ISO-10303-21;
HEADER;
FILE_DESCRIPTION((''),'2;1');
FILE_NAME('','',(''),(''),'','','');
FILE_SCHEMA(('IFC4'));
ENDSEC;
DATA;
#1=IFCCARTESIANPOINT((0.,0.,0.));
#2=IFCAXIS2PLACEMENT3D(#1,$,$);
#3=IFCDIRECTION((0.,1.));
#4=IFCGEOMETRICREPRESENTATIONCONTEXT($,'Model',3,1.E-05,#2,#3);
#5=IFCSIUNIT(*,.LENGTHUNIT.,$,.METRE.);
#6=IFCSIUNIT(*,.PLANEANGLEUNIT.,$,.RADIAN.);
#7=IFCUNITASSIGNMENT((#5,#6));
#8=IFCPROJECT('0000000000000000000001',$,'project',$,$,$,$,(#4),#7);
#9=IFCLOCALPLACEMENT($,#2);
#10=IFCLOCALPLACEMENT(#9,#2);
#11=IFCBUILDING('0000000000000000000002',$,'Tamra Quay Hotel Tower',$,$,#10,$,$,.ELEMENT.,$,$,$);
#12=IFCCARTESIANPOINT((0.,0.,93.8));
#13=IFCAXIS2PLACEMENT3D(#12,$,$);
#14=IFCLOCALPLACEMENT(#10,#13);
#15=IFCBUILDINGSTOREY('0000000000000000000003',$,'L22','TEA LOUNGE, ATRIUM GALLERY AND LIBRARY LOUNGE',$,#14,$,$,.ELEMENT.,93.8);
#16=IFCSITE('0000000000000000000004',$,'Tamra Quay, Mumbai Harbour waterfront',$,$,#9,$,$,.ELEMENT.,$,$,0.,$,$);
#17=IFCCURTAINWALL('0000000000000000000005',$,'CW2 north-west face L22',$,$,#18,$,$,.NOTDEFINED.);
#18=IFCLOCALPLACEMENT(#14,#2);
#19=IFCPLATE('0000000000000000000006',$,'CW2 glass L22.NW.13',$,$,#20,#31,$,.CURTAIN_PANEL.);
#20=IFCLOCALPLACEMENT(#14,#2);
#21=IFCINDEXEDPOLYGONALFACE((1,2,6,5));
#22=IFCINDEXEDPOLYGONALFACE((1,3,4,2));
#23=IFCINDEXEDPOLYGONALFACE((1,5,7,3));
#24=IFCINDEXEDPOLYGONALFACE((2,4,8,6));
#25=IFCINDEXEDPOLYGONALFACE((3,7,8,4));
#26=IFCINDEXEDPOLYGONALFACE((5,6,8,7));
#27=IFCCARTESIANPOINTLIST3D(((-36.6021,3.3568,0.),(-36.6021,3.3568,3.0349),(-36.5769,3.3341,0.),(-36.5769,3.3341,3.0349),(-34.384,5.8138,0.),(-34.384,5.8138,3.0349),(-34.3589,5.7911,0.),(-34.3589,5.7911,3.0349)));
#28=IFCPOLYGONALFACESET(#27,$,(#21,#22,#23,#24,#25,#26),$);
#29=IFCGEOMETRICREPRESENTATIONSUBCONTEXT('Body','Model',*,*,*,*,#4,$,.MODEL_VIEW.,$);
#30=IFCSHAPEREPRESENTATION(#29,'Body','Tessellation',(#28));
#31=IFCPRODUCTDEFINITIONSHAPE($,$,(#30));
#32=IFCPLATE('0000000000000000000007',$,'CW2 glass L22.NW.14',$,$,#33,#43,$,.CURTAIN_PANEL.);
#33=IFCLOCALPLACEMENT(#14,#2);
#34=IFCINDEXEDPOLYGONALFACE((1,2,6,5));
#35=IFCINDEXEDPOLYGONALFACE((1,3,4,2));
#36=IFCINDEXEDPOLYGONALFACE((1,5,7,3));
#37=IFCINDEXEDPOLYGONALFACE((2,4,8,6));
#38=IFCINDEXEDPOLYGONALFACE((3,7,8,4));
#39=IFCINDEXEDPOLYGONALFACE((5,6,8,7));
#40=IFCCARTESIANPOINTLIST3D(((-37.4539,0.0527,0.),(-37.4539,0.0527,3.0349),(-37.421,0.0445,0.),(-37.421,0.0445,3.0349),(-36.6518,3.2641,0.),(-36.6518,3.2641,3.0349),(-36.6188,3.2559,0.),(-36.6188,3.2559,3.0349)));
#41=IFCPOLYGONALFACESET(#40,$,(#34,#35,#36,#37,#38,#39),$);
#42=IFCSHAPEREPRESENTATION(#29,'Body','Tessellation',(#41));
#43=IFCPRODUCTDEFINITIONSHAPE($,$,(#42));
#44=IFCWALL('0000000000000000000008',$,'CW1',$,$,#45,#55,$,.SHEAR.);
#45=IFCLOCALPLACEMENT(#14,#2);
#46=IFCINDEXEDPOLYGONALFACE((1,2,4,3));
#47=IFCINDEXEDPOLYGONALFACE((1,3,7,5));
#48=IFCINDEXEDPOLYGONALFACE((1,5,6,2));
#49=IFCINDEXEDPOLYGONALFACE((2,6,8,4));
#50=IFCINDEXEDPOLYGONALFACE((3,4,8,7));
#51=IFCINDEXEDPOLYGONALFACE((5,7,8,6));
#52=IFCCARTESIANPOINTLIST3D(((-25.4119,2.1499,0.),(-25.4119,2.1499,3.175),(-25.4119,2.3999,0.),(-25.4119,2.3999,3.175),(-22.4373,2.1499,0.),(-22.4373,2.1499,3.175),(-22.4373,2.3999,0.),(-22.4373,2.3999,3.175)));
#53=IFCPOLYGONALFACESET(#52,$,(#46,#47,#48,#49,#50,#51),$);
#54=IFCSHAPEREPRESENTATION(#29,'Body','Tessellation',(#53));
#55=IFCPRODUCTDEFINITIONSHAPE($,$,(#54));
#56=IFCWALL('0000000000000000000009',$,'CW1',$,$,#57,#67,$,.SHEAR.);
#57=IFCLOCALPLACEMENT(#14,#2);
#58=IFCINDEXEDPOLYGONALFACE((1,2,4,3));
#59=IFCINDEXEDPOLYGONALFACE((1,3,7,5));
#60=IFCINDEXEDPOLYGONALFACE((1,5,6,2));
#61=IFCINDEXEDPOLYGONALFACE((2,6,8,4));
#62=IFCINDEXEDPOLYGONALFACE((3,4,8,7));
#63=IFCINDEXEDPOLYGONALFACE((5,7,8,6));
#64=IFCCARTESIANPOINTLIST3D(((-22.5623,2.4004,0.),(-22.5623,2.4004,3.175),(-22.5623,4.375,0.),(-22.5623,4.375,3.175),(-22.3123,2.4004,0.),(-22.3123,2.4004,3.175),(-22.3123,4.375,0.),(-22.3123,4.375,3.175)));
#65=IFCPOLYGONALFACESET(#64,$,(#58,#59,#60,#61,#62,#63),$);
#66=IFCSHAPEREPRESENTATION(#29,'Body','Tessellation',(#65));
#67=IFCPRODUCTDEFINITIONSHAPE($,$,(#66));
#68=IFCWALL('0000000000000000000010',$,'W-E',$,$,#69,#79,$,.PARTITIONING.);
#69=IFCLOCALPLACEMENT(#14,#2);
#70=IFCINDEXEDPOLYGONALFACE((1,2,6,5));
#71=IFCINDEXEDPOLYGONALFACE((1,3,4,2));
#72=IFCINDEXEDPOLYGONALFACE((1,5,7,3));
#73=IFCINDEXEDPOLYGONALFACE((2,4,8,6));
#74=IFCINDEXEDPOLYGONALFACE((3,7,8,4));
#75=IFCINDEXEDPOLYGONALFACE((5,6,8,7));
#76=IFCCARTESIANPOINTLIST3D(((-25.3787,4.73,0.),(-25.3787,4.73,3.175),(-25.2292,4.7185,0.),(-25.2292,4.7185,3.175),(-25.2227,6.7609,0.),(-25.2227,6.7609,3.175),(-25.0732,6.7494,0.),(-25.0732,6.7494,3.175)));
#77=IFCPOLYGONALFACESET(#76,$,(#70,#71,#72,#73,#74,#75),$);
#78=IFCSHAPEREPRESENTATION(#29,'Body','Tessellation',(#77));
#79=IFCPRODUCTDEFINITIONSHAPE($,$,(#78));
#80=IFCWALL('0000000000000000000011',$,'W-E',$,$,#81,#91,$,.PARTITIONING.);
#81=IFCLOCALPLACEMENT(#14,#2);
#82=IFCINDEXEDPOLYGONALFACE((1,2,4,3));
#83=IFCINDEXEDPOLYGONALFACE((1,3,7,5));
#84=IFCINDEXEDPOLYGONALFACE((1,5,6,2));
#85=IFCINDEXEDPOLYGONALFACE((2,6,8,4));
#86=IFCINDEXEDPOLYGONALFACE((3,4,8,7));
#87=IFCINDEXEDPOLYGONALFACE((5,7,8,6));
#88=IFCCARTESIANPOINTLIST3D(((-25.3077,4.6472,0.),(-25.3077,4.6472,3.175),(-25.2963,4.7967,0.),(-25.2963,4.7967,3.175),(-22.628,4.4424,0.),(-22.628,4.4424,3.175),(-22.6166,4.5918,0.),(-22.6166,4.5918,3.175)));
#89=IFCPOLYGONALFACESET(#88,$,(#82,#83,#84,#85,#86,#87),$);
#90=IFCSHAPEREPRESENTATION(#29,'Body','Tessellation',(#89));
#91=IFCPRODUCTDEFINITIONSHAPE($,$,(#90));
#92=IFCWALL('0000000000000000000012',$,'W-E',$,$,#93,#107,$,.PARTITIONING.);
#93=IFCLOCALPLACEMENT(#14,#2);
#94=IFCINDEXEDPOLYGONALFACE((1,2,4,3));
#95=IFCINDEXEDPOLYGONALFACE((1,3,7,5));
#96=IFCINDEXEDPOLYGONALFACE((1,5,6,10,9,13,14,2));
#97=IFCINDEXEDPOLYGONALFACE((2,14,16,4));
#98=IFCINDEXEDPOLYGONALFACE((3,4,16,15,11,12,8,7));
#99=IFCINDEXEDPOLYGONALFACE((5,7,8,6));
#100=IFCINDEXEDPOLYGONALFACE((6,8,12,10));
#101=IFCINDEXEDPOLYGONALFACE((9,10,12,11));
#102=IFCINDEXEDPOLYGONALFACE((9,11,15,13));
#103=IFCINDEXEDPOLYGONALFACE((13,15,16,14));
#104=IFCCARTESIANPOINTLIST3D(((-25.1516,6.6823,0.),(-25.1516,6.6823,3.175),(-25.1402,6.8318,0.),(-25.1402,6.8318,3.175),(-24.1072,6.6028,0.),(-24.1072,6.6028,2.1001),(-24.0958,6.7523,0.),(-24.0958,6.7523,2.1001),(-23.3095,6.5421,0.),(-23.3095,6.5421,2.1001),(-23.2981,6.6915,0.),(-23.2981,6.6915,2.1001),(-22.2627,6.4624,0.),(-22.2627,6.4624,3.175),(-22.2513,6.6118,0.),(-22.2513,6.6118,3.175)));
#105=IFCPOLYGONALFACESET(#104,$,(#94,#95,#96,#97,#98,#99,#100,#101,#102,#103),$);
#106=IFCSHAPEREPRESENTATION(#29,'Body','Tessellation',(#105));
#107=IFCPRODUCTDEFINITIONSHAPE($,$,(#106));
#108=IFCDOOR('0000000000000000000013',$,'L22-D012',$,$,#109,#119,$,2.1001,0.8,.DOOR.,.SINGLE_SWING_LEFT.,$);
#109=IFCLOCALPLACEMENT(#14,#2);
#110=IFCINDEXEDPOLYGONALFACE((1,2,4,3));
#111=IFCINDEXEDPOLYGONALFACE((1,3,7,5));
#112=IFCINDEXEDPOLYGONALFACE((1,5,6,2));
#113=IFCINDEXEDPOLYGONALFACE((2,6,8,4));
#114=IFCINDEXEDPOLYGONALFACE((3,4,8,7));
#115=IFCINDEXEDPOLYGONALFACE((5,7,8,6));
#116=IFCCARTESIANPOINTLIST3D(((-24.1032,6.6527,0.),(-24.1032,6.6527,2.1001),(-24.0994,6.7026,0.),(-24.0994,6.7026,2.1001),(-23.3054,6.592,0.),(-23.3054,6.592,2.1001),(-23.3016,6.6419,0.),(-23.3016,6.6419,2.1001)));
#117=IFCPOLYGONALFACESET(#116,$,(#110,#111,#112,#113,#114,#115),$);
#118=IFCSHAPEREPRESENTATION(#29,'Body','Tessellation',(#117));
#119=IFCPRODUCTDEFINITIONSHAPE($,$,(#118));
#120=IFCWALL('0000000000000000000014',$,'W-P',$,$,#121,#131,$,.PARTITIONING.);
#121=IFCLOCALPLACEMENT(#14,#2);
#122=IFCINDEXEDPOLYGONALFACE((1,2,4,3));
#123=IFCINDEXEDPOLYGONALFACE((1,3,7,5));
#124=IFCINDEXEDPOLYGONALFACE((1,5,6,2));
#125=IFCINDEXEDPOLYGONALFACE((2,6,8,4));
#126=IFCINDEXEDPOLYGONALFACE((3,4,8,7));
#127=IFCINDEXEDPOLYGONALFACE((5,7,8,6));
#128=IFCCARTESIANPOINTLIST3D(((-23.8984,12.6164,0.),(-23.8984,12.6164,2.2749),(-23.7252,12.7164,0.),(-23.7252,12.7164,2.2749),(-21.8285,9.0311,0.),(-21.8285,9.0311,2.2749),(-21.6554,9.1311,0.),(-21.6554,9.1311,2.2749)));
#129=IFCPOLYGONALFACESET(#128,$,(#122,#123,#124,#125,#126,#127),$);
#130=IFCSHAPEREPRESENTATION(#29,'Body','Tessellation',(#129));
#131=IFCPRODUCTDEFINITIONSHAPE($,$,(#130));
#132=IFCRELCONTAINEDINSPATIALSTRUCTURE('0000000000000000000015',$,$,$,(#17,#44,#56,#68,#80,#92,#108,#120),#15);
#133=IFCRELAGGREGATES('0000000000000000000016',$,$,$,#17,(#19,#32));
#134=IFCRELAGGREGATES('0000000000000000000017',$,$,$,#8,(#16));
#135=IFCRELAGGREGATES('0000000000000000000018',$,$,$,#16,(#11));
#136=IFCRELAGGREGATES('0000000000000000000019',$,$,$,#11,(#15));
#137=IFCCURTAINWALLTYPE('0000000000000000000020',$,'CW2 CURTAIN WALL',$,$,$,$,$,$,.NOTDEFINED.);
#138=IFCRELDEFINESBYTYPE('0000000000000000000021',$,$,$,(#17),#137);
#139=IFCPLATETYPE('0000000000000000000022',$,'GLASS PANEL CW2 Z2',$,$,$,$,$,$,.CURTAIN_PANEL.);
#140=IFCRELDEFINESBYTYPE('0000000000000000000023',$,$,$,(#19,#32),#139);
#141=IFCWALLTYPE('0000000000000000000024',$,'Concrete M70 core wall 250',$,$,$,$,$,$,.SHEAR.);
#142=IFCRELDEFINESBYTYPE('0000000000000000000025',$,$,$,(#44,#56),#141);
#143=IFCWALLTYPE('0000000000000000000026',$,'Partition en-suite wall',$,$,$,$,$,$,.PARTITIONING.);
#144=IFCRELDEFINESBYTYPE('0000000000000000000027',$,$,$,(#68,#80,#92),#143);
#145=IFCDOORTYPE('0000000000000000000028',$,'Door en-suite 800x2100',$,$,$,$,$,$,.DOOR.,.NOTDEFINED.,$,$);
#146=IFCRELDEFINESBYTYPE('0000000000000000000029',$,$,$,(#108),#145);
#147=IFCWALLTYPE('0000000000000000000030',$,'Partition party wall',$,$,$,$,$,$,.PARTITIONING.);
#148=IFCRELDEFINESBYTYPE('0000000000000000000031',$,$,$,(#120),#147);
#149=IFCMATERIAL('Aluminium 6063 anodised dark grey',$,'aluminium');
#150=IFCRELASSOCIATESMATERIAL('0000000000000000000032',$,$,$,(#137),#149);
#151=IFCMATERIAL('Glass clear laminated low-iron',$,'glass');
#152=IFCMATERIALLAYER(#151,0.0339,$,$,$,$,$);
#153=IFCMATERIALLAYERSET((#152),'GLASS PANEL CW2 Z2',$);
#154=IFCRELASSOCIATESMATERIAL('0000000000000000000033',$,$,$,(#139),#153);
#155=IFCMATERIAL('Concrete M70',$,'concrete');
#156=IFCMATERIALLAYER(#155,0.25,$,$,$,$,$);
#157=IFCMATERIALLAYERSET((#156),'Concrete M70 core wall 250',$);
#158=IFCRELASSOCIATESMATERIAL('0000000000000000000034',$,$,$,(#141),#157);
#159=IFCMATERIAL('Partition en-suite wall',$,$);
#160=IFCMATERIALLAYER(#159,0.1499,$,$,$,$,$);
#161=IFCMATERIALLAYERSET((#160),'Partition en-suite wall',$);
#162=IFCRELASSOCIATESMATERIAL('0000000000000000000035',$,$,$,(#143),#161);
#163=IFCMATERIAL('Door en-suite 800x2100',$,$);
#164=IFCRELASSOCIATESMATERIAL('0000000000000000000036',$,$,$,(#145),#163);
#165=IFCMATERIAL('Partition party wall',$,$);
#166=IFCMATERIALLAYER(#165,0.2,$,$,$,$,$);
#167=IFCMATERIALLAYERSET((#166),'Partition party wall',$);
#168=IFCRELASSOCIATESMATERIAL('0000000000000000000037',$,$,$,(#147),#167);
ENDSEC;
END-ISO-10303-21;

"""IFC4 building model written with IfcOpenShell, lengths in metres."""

from ifc_helpers import new_model, si_unit, direction, frame, frame_2d, origin, origin_2d, place, context, subcontext, project, spatial, rectangle, extrude, material, layer, layer_set, type_object, element, fill, aggregate, save


model = new_model("IFC4")

# Units and contexts
model_context = context("Model", 3, precision=1e-05, world=origin(), true_north=direction((0.0, 1.0)))
body_context = subcontext(model_context, "Body", "Model", "MODEL_VIEW")
ifc_project = project(units=[si_unit("LENGTHUNIT", "METRE"), si_unit("PLANEANGLEUNIT", "RADIAN")], contexts=[model_context])

# Site, building, storey
site_placement = place(None, origin())
site = spatial("IfcSite", under=ifc_project, at=site_placement, Name="Tamra Quay, Mumbai Harbour waterfront", CompositionType="ELEMENT", RefElevation=0.0)
building_placement = place(site_placement, origin())
building = spatial("IfcBuilding", under=site, at=building_placement, Name="Tamra Quay Hotel Tower", CompositionType="ELEMENT")
storey_placement = place(building_placement, frame((0.0, 0.0, 93.8)))
storey = spatial("IfcBuildingStorey", under=building, at=storey_placement, Name="L22", Description="TEA LOUNGE, ATRIUM GALLERY AND LIBRARY LOUNGE", CompositionType="ELEMENT", Elevation=93.8)

# Shared definitions
ifc_material_1 = material(Name="Concrete M70", Category="concrete")

# Curtain wall
ifc_material_2 = material(Name="Aluminium 6063 anodised dark grey", Category="aluminium")
curtain_wall_type = type_object("IfcCurtainWallType", Name="CW2 CURTAIN WALL", PredefinedType="NOTDEFINED", material=ifc_material_2)
curtain_wall_placement = place(storey_placement, origin())
curtain_wall = element("IfcCurtainWall", 1, at=curtain_wall_placement, inside=storey, type_object=curtain_wall_type, Name="CW2 north-west face L22", PredefinedType="NOTDEFINED")

# Plates
ifc_material_3 = material(Name="Glass clear laminated low-iron", Category="glass")
ifc_layer_1 = layer(ifc_material_3, 0.0339)
ifc_layer_set_1 = layer_set([ifc_layer_1], Name="GLASS PANEL CW2 Z2")
plate_type = type_object("IfcPlateType", Name="GLASS PANEL CW2 Z2", PredefinedType="CURTAIN_PANEL", material=ifc_layer_set_1)
plate_1_placement = place(storey_placement, frame((-35.4805, 4.574, 0.0), z_axis=(0.0, 0.0, 1.0), x_axis=(-0.670088, -0.742282, 0.0)))
plate_1 = element("IfcPlate", 2, at=plate_1_placement, type_object=plate_type, Name="CW2 glass L22.NW.13", PredefinedType="CURTAIN_PANEL", context=body_context, shape_type="SweptSolid", body=[
    extrude(rectangle(XDim=3.3101, YDim=0.0339, at=origin_2d()), origin(), (0.0, 0.0, 1.0), 3.0349),
])
plate_2_placement = place(storey_placement, frame((-37.0364, 1.6543, 0.0), z_axis=(0.0, 0.0, 1.0), x_axis=(-0.242339, -0.970192, 0.0)))
plate_2 = element("IfcPlate", 3, at=plate_2_placement, type_object=plate_type, Name="CW2 glass L22.NW.14", PredefinedType="CURTAIN_PANEL", context=body_context, shape_type="SweptSolid", body=[
    extrude(rectangle(XDim=3.3101, YDim=0.0339, at=origin_2d()), origin(), (0.0, 0.0, 1.0), 3.0349),
])
aggregate(curtain_wall, [plate_1, plate_2])

# Walls
ifc_layer_2 = layer(ifc_material_1, 0.25)
ifc_layer_set_2 = layer_set([ifc_layer_2], Name="Concrete M70 core wall 250")
wall_type_1 = type_object("IfcWallType", Name="Concrete M70 core wall 250", PredefinedType="SHEAR", material=ifc_layer_set_2)
wall_1_placement = place(storey_placement, frame((-25.4119, 2.2749, 0.0), z_axis=(0.0, 0.0, 1.0), x_axis=(1.0, 0.0, 0.0)))
element("IfcWall", 4, at=wall_1_placement, inside=storey, type_object=wall_type_1, Name="CW1", PredefinedType="SHEAR", context=body_context, shape_type="SweptSolid", body=[
    extrude(rectangle(XDim=2.9746, YDim=0.25, at=frame_2d((1.4873, 0.0))), origin(), (0.0, 0.0, 1.0), 3.175),
])
wall_2_placement = place(storey_placement, frame((-22.4373, 2.4004, 0.0), z_axis=(0.0, 0.0, 1.0), x_axis=(0.0, 1.0, 0.0)))
element("IfcWall", 5, at=wall_2_placement, inside=storey, type_object=wall_type_1, Name="CW1", PredefinedType="SHEAR", context=body_context, shape_type="SweptSolid", body=[
    extrude(rectangle(XDim=1.9746, YDim=0.25, at=frame_2d((0.9873, 0.0))), origin(), (0.0, 0.0, 1.0), 3.175),
])
ifc_material_4 = material(Name="Partition en-suite wall")
ifc_layer_3 = layer(ifc_material_4, 0.1499)
ifc_layer_set_3 = layer_set([ifc_layer_3], Name="Partition en-suite wall")
wall_type_2 = type_object("IfcWallType", Name="Partition en-suite wall", PredefinedType="PARTITIONING", material=ifc_layer_set_3)
wall_3_placement = place(storey_placement, frame((-25.304, 4.7241, 0.0), z_axis=(0.0, 0.0, 1.0), x_axis=(0.076596, 0.997062, 0.0)))
element("IfcWall", 6, at=wall_3_placement, inside=storey, type_object=wall_type_2, Name="W-E", PredefinedType="PARTITIONING", context=body_context, shape_type="SweptSolid", body=[
    extrude(rectangle(XDim=2.0369, YDim=0.1499, at=frame_2d((1.0186, 0.0))), origin(), (0.0, 0.0, 1.0), 3.175),
])
wall_4_placement = place(storey_placement, frame((-25.302, 4.7219, 0.0), z_axis=(0.0, 0.0, 1.0), x_axis=(0.997091, -0.076217, 0.0)))
element("IfcWall", 7, at=wall_4_placement, inside=storey, type_object=wall_type_2, Name="W-E", PredefinedType="PARTITIONING", context=body_context, shape_type="SweptSolid", body=[
    extrude(rectangle(XDim=2.6875, YDim=0.1499, at=frame_2d((1.3438, 0.0))), origin(), (0.0, 0.0, 1.0), 3.175),
])

# Wall, opening, door
wall_5_placement = place(storey_placement, frame((-25.146, 6.7571, 0.0), z_axis=(0.0, 0.0, 1.0), x_axis=(0.997114, -0.075923, 0.0)))
wall_5 = element("IfcWall", 8, at=wall_5_placement, inside=storey, type_object=wall_type_2, Name="W-E", PredefinedType="PARTITIONING", context=body_context, shape_type="SweptSolid", body=[
    extrude(rectangle(XDim=2.8972, YDim=0.1499, at=frame_2d((1.4487, 0.0))), origin(), (0.0, 0.0, 1.0), 3.175),
])
opening_placement = place(wall_5_placement, frame((1.0476, 0.0, 0.0)))
opening = element("IfcOpeningElement", 9, at=opening_placement, cuts=wall_5, PredefinedType="OPENING", context=body_context, shape_type="SweptSolid", body=[
    extrude(rectangle(XDim=0.8, YDim=2.1001, at=frame_2d((0.3999, 1.05))), frame((0.0, 0.085, 0.0), z_axis=(0.0, -1.0, 0.0), x_axis=(1.0, 0.0, 0.0)), (0.0, 0.0, 1.0), 0.1699),
])
ifc_material_5 = material(Name="Door en-suite 800x2100")
door_type = type_object("IfcDoorType", Name="Door en-suite 800x2100", OperationType="NOTDEFINED", PredefinedType="DOOR", material=ifc_material_5)
door_placement = place(opening_placement, frame((0.8, 0.0, 0.0), z_axis=(0.0, 0.0, 1.0), x_axis=(-1.0, 0.0, 0.0)))
door = element("IfcDoor", 10, at=door_placement, inside=storey, type_object=door_type, Name="L22-D012", OperationType="SINGLE_SWING_LEFT", OverallHeight=2.1001, OverallWidth=0.8, PredefinedType="DOOR", context=body_context, shape_type="SweptSolid", body=[
    extrude(rectangle(XDim=0.8, YDim=2.1001, at=frame_2d((0.3999, 1.05))), frame((0.0, 0.0249, 0.0), z_axis=(0.0, -1.0, 0.0), x_axis=(1.0, 0.0, 0.0)), (0.0, 0.0, 1.0), 0.05),
])
fill(opening, door)

# Wall
ifc_material_6 = material(Name="Partition party wall")
ifc_layer_4 = layer(ifc_material_6, 0.2)
ifc_layer_set_4 = layer_set([ifc_layer_4], Name="Partition party wall")
wall_type_3 = type_object("IfcWallType", Name="Partition party wall", PredefinedType="PARTITIONING", material=ifc_layer_set_4)
wall_6_placement = place(storey_placement, frame((-23.8118, 12.6663, 0.0), z_axis=(0.0, 0.0, 1.0), x_axis=(0.499983, -0.866035, 0.0)))
element("IfcWall", 11, at=wall_6_placement, inside=storey, type_object=wall_type_3, Name="W-P", PredefinedType="PARTITIONING", context=body_context, shape_type="SweptSolid", body=[
    extrude(rectangle(XDim=4.1399, YDim=0.2, at=frame_2d((2.0698, 0.0))), origin(), (0.0, 0.0, 1.0), 2.2749),
])

save(model, "model.ifc")
